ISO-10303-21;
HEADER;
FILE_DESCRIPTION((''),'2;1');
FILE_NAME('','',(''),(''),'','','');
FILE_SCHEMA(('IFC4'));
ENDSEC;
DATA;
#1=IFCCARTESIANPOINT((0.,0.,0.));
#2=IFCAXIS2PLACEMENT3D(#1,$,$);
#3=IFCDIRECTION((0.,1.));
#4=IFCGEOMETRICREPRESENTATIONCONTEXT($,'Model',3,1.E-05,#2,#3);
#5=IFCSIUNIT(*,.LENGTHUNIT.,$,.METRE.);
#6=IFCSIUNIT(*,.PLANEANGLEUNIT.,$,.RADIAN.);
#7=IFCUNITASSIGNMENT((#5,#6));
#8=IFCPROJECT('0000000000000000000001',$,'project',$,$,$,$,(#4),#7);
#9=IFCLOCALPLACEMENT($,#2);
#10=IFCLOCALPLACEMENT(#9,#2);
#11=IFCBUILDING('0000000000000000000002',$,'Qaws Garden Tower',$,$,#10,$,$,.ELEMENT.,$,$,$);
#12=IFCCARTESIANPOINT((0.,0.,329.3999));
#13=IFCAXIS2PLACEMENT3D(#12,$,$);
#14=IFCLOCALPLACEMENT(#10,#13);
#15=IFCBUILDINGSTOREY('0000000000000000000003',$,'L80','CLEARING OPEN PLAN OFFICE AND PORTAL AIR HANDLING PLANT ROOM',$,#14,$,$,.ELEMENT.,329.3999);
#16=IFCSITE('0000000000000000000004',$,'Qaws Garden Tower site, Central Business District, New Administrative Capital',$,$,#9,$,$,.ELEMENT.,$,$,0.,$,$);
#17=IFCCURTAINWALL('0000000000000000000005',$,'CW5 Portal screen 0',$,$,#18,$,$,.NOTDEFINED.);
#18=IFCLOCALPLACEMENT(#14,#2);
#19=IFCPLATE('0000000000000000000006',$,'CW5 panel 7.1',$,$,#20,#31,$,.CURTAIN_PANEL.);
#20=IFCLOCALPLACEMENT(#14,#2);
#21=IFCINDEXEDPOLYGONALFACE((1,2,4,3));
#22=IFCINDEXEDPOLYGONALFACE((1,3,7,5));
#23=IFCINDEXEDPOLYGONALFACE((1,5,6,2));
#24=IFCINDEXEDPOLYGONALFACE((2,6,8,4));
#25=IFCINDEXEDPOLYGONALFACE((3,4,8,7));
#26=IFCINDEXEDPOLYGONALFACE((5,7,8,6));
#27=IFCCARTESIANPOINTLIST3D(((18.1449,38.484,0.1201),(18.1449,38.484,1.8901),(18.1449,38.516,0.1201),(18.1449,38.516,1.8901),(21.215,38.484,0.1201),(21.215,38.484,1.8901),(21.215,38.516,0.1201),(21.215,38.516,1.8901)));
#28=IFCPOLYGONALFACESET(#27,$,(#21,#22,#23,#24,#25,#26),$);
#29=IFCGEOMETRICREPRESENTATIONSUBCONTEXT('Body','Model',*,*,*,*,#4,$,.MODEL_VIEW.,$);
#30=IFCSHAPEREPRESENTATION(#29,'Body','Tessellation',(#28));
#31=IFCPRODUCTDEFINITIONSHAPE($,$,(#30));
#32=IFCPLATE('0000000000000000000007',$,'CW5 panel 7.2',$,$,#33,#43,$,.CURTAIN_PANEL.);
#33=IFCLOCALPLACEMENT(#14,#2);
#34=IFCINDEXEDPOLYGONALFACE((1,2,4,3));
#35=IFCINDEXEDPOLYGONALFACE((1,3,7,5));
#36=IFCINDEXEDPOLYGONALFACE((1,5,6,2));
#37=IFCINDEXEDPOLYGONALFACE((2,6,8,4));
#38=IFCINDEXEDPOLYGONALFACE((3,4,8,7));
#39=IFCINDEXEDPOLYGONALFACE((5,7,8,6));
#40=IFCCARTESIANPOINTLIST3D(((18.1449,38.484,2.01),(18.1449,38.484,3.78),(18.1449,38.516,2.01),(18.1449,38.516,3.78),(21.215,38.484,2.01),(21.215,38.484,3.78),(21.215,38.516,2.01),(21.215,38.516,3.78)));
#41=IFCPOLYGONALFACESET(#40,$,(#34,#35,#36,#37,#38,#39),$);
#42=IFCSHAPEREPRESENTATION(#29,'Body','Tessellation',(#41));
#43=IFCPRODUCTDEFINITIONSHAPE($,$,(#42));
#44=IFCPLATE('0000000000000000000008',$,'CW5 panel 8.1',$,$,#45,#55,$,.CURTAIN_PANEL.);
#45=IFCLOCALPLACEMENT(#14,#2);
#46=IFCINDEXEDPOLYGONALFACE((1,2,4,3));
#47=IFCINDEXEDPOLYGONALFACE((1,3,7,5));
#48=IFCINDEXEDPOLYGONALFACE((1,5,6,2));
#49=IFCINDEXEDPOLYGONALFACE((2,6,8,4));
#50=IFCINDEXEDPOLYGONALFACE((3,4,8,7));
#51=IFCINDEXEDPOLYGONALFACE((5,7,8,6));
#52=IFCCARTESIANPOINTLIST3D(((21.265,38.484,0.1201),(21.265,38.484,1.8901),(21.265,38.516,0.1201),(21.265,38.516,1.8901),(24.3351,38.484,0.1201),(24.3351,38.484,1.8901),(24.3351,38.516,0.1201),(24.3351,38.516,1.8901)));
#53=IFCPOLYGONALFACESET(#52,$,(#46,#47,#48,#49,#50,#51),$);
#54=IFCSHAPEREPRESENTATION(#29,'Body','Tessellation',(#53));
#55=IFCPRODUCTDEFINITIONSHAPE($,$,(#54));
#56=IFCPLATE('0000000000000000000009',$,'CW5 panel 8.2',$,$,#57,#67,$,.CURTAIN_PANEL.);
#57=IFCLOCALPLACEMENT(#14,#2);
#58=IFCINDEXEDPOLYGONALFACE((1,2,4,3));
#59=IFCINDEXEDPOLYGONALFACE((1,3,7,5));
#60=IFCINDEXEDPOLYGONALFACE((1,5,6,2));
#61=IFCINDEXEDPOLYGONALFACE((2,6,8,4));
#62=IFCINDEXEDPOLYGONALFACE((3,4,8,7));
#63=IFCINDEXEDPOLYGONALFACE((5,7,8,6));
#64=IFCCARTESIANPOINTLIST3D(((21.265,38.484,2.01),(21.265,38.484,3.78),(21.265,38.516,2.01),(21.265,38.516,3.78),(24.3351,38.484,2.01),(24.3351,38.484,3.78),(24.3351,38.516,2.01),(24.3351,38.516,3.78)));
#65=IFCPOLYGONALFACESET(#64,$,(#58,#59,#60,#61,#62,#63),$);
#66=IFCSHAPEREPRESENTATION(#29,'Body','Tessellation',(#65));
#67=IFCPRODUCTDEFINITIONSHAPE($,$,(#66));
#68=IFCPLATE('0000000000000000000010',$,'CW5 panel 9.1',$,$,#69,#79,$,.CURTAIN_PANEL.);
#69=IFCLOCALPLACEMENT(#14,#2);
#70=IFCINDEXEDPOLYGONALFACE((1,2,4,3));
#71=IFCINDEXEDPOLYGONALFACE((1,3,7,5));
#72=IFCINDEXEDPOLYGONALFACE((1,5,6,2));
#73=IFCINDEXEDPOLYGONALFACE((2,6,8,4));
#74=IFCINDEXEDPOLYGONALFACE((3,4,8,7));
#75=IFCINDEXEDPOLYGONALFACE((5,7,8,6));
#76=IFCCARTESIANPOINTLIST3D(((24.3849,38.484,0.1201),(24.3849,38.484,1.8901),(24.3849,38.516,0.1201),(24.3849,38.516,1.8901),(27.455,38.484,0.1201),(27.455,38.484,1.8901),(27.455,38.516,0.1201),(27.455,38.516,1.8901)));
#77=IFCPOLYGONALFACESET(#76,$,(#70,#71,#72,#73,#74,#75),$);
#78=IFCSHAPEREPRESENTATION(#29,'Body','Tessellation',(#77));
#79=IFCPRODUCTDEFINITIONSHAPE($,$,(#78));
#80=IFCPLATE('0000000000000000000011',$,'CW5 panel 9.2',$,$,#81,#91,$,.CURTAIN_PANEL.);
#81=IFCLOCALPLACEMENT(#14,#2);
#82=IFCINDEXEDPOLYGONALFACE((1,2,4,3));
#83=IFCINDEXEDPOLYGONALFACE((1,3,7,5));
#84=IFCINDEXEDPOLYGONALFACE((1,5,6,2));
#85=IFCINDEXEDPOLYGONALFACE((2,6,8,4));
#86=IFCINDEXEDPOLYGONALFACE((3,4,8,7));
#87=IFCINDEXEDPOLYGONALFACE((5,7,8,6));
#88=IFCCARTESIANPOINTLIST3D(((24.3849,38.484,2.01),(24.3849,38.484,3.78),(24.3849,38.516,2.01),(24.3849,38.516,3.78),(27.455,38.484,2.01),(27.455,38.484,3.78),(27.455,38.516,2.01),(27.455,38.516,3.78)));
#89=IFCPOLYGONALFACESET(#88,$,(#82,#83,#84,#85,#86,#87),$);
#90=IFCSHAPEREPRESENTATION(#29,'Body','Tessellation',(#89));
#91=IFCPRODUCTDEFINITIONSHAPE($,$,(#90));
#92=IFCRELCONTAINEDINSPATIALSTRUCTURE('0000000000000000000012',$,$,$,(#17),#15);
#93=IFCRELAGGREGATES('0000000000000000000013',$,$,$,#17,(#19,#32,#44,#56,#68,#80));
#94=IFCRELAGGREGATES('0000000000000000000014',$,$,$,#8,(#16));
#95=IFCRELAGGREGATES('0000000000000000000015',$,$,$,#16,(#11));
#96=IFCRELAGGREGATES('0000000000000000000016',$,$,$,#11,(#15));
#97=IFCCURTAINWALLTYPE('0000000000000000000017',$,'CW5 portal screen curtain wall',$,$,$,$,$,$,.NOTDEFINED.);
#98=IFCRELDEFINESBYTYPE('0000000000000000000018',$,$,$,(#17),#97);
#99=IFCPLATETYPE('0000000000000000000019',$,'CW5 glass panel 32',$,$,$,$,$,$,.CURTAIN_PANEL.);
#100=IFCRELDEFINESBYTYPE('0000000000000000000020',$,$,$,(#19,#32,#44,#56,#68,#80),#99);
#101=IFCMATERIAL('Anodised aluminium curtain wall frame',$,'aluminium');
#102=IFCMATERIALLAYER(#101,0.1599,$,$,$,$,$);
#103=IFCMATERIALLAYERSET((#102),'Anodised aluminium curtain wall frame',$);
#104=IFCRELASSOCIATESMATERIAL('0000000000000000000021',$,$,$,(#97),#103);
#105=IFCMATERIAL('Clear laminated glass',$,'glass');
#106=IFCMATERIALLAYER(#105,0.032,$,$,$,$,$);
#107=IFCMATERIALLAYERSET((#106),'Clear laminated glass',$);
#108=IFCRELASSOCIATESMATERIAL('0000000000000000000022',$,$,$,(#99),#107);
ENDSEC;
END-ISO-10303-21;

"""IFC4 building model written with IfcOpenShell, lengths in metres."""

from ifc_helpers import new_model, si_unit, direction, frame, origin, origin_2d, place, context, subcontext, project, spatial, rectangle, extrude, material, layer, layer_set, type_object, element, aggregate, save


model = new_model("IFC4")

# Units and contexts
model_context = context("Model", 3, precision=1e-05, world=origin(), true_north=direction((0.0, 1.0)))
body_context = subcontext(model_context, "Body", "Model", "MODEL_VIEW")
ifc_project = project(units=[si_unit("LENGTHUNIT", "METRE"), si_unit("PLANEANGLEUNIT", "RADIAN")], contexts=[model_context])

# Site, building, storey
site_placement = place(None, origin())
site = spatial("IfcSite", under=ifc_project, at=site_placement, Name="Qaws Garden Tower site, Central Business District, New Administrative Capital", CompositionType="ELEMENT", RefElevation=0.0)
building_placement = place(site_placement, origin())
building = spatial("IfcBuilding", under=site, at=building_placement, Name="Qaws Garden Tower", CompositionType="ELEMENT")
storey_placement = place(building_placement, frame((0.0, 0.0, 329.3999)))
storey = spatial("IfcBuildingStorey", under=building, at=storey_placement, Name="L80", Description="CLEARING OPEN PLAN OFFICE AND PORTAL AIR HANDLING PLANT ROOM", CompositionType="ELEMENT", Elevation=329.3999)

# Curtain wall, plates
ifc_material_1 = material(Name="Anodised aluminium curtain wall frame", Category="aluminium")
ifc_layer_1 = layer(ifc_material_1, 0.1599)
ifc_layer_set_1 = layer_set([ifc_layer_1], Name="Anodised aluminium curtain wall frame")
curtain_wall_type = type_object("IfcCurtainWallType", Name="CW5 portal screen curtain wall", PredefinedType="NOTDEFINED", material=ifc_layer_set_1)
curtain_wall_placement = place(storey_placement, origin())
curtain_wall = element("IfcCurtainWall", 1, at=curtain_wall_placement, inside=storey, type_object=curtain_wall_type, Name="CW5 Portal screen 0", PredefinedType="NOTDEFINED")
ifc_material_2 = material(Name="Clear laminated glass", Category="glass")
ifc_layer_2 = layer(ifc_material_2, 0.032)
ifc_layer_set_2 = layer_set([ifc_layer_2], Name="Clear laminated glass")
plate_type = type_object("IfcPlateType", Name="CW5 glass panel 32", PredefinedType="CURTAIN_PANEL", material=ifc_layer_set_2)
plate_1_placement = place(storey_placement, frame((19.6799, 38.5, 0.1201), z_axis=(0.0, 0.0, 1.0), x_axis=(1.0, 0.0, 0.0)))
plate_1 = element("IfcPlate", 2, at=plate_1_placement, type_object=plate_type, Name="CW5 panel 7.1", PredefinedType="CURTAIN_PANEL", context=body_context, shape_type="SweptSolid", body=[
    extrude(rectangle(XDim=3.0701, YDim=0.032, at=origin_2d()), origin(), (0.0, 0.0, 1.0), 1.77),
])
plate_2_placement = place(storey_placement, frame((19.6799, 38.5, 2.01), z_axis=(0.0, 0.0, 1.0), x_axis=(1.0, 0.0, 0.0)))
plate_2 = element("IfcPlate", 3, at=plate_2_placement, type_object=plate_type, Name="CW5 panel 7.2", PredefinedType="CURTAIN_PANEL", context=body_context, shape_type="SweptSolid", body=[
    extrude(rectangle(XDim=3.0701, YDim=0.032, at=origin_2d()), origin(), (0.0, 0.0, 1.0), 1.77),
])
plate_3_placement = place(storey_placement, frame((22.8, 38.5, 0.1201), z_axis=(0.0, 0.0, 1.0), x_axis=(1.0, 0.0, 0.0)))
plate_3 = element("IfcPlate", 4, at=plate_3_placement, type_object=plate_type, Name="CW5 panel 8.1", PredefinedType="CURTAIN_PANEL", context=body_context, shape_type="SweptSolid", body=[
    extrude(rectangle(XDim=3.0701, YDim=0.032, at=origin_2d()), origin(), (0.0, 0.0, 1.0), 1.77),
])
plate_4_placement = place(storey_placement, frame((22.8, 38.5, 2.01), z_axis=(0.0, 0.0, 1.0), x_axis=(1.0, 0.0, 0.0)))
plate_4 = element("IfcPlate", 5, at=plate_4_placement, type_object=plate_type, Name="CW5 panel 8.2", PredefinedType="CURTAIN_PANEL", context=body_context, shape_type="SweptSolid", body=[
    extrude(rectangle(XDim=3.0701, YDim=0.032, at=origin_2d()), origin(), (0.0, 0.0, 1.0), 1.77),
])
plate_5_placement = place(storey_placement, frame((25.9199, 38.5, 0.1201), z_axis=(0.0, 0.0, 1.0), x_axis=(1.0, 0.0, 0.0)))
plate_5 = element("IfcPlate", 6, at=plate_5_placement, type_object=plate_type, Name="CW5 panel 9.1", PredefinedType="CURTAIN_PANEL", context=body_context, shape_type="SweptSolid", body=[
    extrude(rectangle(XDim=3.0701, YDim=0.032, at=origin_2d()), origin(), (0.0, 0.0, 1.0), 1.77),
])
plate_6_placement = place(storey_placement, frame((25.9199, 38.5, 2.01), z_axis=(0.0, 0.0, 1.0), x_axis=(1.0, 0.0, 0.0)))
plate_6 = element("IfcPlate", 7, at=plate_6_placement, type_object=plate_type, Name="CW5 panel 9.2", PredefinedType="CURTAIN_PANEL", context=body_context, shape_type="SweptSolid", body=[
    extrude(rectangle(XDim=3.0701, YDim=0.032, at=origin_2d()), origin(), (0.0, 0.0, 1.0), 1.77),
])
aggregate(curtain_wall, [plate_1, plate_2, plate_3, plate_4, plate_5, plate_6])

save(model, "model.ifc")
